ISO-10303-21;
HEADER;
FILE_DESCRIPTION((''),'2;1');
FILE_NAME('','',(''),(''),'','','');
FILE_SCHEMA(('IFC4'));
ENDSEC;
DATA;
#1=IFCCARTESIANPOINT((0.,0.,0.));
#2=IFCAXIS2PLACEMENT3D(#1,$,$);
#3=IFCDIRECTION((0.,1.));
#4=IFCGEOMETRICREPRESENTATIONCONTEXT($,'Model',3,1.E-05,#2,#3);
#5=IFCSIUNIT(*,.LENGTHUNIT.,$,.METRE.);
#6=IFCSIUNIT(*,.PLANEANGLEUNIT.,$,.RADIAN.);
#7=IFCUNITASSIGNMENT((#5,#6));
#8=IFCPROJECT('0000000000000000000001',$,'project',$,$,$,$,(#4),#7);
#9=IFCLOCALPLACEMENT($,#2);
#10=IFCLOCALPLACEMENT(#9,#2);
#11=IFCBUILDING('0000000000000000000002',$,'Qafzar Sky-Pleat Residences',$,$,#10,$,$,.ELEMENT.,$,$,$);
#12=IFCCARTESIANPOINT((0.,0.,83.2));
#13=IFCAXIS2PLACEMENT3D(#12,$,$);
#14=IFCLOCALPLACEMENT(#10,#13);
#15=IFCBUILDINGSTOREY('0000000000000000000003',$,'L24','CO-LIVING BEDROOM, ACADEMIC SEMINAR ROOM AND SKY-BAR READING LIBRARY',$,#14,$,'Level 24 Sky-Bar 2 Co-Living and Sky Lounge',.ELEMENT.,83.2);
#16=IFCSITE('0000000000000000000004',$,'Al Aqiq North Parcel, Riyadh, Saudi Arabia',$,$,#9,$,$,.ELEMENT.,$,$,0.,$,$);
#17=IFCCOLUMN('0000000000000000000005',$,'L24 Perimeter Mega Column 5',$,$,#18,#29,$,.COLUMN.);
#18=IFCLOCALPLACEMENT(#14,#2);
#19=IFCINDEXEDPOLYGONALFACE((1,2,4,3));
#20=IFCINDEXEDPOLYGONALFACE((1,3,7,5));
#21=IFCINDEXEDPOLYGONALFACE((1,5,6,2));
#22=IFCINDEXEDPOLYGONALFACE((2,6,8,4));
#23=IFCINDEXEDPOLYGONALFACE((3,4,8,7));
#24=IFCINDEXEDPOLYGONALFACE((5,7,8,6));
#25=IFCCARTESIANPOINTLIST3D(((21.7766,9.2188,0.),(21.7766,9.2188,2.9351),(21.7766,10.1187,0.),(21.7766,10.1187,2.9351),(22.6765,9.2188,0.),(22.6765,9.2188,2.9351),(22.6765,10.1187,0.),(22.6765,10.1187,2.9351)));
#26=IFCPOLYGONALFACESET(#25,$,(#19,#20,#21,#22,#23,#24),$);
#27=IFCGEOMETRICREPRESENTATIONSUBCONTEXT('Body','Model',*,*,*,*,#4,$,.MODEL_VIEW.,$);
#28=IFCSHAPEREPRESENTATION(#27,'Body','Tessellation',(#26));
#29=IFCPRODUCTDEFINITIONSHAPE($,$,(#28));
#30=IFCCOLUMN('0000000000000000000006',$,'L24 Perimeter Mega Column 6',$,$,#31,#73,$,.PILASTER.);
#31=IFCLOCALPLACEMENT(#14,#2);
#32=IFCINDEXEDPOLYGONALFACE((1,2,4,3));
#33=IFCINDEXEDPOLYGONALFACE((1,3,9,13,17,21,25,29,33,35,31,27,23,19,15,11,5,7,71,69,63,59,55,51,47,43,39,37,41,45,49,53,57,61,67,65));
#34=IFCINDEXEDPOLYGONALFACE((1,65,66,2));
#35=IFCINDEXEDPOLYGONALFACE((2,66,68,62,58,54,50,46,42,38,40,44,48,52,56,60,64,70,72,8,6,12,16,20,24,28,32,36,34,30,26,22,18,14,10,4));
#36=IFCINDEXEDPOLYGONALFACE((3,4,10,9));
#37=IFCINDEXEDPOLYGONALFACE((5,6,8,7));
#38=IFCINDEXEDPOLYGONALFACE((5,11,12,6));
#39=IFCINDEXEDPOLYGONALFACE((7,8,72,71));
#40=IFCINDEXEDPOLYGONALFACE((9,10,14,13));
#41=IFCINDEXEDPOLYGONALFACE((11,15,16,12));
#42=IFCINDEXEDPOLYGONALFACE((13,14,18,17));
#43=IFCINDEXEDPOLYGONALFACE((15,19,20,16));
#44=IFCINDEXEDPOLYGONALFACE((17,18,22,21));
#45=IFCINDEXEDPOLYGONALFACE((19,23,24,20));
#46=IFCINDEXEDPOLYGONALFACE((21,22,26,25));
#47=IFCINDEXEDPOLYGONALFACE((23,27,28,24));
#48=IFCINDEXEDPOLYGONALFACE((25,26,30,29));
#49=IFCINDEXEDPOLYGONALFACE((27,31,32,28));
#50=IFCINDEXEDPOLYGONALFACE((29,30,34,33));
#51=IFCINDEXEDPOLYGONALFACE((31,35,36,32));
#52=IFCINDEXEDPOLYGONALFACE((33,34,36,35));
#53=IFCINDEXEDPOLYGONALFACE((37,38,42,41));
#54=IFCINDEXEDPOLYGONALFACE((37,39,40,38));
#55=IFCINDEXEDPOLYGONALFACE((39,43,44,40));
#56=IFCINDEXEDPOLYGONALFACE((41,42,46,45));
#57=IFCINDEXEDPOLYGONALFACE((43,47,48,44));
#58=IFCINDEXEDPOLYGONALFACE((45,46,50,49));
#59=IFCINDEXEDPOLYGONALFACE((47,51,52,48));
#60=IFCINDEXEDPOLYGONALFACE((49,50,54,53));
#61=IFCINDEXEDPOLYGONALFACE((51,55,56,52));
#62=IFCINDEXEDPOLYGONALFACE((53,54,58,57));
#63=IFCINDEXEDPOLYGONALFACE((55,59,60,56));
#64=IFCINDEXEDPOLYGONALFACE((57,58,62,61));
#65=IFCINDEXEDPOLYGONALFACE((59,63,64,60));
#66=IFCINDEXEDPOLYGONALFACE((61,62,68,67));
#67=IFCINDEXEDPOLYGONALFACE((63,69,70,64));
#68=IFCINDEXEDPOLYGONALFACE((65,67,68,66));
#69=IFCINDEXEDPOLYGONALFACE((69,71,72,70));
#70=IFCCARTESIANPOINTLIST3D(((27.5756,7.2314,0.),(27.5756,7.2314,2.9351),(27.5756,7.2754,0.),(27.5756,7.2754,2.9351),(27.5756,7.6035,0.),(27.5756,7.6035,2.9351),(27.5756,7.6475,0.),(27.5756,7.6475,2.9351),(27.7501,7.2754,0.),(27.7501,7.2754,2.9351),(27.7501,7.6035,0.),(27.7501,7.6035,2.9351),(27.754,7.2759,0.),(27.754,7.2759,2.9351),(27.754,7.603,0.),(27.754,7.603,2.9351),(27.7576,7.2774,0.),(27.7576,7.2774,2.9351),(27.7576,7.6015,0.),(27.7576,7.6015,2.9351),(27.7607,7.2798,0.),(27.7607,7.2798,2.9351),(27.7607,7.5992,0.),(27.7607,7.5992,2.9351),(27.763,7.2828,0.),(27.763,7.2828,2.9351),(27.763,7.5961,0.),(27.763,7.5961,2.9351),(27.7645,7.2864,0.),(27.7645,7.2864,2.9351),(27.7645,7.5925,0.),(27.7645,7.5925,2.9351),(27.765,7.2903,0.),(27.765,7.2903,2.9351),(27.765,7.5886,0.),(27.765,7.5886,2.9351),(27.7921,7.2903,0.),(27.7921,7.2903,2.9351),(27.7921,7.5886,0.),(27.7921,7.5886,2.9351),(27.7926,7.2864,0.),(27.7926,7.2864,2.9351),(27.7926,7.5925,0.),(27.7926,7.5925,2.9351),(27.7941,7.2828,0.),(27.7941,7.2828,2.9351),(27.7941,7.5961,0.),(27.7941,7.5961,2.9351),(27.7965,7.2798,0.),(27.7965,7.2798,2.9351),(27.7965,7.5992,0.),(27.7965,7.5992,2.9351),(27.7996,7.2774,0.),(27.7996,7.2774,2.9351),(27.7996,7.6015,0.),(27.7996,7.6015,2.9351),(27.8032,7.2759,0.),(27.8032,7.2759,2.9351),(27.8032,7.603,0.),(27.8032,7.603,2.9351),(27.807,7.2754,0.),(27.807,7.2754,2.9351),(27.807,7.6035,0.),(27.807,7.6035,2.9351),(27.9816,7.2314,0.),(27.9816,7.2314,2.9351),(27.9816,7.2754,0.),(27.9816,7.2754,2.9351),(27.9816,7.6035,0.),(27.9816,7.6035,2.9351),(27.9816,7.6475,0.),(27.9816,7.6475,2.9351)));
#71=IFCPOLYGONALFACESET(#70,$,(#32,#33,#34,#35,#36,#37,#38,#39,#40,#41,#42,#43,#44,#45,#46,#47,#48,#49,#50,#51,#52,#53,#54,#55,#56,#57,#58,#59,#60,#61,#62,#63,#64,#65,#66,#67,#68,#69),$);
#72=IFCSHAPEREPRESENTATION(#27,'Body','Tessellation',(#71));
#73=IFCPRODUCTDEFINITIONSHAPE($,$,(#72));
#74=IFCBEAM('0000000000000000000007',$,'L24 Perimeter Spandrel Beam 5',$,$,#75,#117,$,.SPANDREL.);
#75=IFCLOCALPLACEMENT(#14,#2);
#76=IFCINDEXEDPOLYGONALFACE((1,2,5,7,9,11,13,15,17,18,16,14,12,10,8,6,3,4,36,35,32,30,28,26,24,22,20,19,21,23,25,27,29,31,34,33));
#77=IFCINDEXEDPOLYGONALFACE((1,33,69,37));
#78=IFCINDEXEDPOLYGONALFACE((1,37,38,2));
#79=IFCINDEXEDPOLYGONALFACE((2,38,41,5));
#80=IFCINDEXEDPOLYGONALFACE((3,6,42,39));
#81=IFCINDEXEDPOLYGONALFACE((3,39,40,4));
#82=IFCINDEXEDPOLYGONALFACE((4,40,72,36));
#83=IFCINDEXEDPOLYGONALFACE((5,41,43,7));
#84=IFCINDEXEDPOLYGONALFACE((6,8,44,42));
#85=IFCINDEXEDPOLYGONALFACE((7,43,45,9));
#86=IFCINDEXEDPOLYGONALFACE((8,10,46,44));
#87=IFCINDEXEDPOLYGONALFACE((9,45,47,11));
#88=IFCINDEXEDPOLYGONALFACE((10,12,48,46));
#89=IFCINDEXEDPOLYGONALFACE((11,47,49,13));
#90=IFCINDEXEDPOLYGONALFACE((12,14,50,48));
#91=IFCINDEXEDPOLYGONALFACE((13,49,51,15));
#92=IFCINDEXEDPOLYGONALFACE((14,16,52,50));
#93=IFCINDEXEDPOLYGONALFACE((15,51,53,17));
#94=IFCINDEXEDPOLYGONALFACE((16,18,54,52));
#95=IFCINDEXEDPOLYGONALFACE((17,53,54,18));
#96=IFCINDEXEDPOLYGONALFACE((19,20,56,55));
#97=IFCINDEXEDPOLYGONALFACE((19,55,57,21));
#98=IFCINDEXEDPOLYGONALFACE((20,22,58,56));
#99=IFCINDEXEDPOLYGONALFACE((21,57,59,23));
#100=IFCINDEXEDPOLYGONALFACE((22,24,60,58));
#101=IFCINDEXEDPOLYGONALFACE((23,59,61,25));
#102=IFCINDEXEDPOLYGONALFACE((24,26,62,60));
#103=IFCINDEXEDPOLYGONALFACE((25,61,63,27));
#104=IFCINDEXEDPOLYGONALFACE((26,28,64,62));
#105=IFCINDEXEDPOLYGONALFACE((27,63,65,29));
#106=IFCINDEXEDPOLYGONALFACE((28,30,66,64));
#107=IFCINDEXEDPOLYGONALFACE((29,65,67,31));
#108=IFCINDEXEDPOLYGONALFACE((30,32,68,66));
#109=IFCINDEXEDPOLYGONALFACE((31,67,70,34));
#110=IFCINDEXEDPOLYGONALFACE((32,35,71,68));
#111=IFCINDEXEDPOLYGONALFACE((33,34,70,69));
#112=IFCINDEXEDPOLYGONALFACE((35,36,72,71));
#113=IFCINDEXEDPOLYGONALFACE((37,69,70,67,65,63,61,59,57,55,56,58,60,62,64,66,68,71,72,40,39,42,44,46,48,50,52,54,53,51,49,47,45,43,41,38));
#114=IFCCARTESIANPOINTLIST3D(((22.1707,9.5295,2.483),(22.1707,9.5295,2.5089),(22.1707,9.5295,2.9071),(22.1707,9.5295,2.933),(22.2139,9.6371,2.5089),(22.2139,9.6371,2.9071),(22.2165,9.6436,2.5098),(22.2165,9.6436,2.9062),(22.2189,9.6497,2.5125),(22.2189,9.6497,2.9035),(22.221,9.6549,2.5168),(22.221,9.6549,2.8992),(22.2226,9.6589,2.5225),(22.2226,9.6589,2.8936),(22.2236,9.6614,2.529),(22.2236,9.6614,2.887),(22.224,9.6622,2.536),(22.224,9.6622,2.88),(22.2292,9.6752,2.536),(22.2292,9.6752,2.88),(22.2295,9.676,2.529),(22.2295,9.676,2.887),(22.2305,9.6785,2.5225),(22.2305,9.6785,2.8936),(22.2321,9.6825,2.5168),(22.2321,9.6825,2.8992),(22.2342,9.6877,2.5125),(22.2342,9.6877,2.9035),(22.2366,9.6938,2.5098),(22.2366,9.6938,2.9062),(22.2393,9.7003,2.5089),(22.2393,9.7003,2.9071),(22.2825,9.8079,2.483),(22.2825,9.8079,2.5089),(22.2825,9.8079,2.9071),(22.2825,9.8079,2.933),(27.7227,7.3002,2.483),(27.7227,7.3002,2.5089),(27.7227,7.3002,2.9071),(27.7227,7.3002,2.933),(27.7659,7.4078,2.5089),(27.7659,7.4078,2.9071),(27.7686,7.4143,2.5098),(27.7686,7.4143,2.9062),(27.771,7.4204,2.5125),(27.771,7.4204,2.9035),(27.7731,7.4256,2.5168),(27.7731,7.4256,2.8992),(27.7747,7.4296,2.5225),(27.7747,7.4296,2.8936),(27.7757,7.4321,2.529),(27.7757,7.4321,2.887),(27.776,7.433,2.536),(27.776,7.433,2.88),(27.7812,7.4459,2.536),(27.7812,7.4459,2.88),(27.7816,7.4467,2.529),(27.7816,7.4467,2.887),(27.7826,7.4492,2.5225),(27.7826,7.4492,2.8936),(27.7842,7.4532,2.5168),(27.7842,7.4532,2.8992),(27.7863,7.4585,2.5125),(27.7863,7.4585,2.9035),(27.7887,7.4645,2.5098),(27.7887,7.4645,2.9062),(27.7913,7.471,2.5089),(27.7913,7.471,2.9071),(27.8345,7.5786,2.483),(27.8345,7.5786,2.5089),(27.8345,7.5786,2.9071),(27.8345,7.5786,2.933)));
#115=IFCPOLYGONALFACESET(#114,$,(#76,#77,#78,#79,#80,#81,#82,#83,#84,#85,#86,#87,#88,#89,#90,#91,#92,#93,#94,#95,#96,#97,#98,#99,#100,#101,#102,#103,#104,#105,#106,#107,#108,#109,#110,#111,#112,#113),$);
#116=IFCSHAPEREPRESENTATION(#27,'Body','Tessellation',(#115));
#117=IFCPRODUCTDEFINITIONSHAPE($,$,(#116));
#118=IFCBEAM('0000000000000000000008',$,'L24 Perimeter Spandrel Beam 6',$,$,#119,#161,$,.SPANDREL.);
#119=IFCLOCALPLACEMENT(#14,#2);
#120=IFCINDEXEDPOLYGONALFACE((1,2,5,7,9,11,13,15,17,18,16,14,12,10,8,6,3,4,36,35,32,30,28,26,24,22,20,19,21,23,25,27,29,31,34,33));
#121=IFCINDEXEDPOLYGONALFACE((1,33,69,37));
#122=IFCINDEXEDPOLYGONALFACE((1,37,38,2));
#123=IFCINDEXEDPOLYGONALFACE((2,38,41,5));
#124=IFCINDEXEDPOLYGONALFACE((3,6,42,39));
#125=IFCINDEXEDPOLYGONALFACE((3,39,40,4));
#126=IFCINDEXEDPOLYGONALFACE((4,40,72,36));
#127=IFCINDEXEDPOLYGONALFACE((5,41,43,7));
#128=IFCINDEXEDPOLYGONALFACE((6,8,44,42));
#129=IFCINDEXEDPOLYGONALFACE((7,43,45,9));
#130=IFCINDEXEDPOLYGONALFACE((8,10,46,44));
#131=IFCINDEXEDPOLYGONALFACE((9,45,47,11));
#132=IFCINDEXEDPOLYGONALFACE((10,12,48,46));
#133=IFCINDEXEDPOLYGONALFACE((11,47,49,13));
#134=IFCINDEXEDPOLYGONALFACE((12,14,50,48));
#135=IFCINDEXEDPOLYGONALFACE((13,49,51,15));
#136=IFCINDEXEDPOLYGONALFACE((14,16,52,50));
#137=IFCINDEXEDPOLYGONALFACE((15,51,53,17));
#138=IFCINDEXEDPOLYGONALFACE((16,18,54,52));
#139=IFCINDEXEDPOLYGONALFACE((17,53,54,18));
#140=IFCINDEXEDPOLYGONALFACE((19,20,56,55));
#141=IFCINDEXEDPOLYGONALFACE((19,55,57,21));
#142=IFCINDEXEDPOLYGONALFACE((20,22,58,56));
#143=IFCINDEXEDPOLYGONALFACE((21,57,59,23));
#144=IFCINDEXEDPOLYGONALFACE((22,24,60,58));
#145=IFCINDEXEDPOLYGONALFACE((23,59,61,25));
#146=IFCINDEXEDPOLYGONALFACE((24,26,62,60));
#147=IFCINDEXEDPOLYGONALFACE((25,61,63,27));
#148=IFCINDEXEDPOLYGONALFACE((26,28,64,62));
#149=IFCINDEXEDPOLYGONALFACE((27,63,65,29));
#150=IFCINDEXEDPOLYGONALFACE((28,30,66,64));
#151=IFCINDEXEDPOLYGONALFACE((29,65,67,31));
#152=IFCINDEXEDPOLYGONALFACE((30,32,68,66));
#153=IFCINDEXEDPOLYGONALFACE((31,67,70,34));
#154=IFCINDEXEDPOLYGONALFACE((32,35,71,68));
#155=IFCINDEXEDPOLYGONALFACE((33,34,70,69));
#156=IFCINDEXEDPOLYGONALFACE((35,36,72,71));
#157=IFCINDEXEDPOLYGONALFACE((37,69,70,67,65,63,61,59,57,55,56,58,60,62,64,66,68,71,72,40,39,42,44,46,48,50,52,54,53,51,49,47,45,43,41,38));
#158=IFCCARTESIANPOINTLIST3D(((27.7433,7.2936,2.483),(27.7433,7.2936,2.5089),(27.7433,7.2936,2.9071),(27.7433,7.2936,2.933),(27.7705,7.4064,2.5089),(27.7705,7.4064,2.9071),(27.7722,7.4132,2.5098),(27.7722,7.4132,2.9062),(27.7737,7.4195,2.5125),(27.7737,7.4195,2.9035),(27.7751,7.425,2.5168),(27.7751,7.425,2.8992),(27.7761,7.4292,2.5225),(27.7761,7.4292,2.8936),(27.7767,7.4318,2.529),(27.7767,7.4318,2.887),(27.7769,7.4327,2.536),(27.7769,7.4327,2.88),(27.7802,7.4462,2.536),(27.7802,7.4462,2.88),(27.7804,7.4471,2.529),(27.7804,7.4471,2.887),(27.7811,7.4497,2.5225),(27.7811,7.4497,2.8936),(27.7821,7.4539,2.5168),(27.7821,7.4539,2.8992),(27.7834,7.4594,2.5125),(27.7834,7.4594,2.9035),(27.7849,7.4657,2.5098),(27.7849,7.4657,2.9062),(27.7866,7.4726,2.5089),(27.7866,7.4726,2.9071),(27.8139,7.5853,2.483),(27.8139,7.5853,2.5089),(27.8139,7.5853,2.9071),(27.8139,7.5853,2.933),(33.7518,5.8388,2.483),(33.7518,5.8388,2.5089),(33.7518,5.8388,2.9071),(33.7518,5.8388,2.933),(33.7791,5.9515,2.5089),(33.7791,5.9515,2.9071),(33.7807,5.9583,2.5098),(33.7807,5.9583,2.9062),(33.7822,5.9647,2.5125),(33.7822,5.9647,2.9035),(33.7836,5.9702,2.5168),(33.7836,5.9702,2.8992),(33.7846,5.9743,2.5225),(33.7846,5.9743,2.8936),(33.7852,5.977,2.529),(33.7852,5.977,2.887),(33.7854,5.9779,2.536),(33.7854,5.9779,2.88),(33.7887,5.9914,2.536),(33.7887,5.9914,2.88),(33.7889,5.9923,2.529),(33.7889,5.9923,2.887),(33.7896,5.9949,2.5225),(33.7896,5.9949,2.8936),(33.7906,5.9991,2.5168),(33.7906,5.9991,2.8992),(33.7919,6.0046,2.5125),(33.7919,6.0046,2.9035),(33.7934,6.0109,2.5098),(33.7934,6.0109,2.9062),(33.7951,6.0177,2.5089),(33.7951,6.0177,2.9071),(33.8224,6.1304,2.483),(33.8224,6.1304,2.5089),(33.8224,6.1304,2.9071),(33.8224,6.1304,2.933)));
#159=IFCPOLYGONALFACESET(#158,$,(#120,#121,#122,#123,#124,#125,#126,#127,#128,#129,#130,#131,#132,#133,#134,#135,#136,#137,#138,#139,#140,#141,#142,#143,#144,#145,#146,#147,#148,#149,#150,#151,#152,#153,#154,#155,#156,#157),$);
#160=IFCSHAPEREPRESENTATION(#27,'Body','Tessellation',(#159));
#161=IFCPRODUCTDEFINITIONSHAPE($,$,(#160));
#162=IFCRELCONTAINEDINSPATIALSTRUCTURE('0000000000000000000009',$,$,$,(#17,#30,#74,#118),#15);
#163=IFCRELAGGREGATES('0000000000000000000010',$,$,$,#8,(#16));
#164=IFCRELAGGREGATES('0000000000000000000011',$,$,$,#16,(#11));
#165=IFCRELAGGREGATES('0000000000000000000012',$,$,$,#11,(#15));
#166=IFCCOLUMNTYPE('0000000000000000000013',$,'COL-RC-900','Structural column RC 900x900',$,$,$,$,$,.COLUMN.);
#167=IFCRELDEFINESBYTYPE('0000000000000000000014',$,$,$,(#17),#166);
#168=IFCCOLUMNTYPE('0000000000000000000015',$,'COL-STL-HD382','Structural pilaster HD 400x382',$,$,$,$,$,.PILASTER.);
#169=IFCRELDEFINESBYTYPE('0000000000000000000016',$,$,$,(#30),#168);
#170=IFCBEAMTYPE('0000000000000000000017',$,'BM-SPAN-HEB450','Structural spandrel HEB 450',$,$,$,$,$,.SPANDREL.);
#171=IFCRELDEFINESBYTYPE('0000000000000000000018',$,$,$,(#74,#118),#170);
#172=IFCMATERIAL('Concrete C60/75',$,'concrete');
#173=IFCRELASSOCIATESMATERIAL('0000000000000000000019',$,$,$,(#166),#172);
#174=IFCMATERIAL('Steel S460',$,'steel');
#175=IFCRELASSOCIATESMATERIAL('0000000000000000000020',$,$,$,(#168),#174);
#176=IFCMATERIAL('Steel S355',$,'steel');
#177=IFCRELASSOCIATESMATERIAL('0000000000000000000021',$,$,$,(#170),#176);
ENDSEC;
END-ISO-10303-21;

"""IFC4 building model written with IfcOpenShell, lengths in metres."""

from ifc_helpers import new_model, si_unit, direction, frame, origin, origin_2d, place, context, subcontext, project, spatial, rectangle, i_section, extrude, source, transform, mapped, material, material_profile, profile_set, type_object, element, save


model = new_model("IFC4")

# Units and contexts
model_context = context("Model", 3, precision=1e-05, world=origin(), true_north=direction((0.0, 1.0)))
body_context = subcontext(model_context, "Body", "Model", "MODEL_VIEW")
ifc_project = project(units=[si_unit("LENGTHUNIT", "METRE"), si_unit("PLANEANGLEUNIT", "RADIAN")], contexts=[model_context])

# Site, building, storey
site_placement = place(None, origin())
site = spatial("IfcSite", under=ifc_project, at=site_placement, Name="Al Aqiq North Parcel, Riyadh, Saudi Arabia", CompositionType="ELEMENT", RefElevation=0.0)
building_placement = place(site_placement, origin())
building = spatial("IfcBuilding", under=site, at=building_placement, Name="Qafzar Sky-Pleat Residences", CompositionType="ELEMENT")
storey_placement = place(building_placement, frame((0.0, 0.0, 83.2)))
storey = spatial("IfcBuildingStorey", under=building, at=storey_placement, Name="L24", Description="CO-LIVING BEDROOM, ACADEMIC SEMINAR ROOM AND SKY-BAR READING LIBRARY", LongName="Level 24 Sky-Bar 2 Co-Living and Sky Lounge", CompositionType="ELEMENT", Elevation=83.2)

# Columns
ifc_material_1 = material(Name="Concrete C60/75", Category="concrete")
ifc_material_profile_1 = material_profile(ifc_material_1, rectangle(XDim=0.8999, YDim=0.8999, at=origin_2d()), Name="RC 900x900")
ifc_profile_set_1 = profile_set([ifc_material_profile_1], Name="Concrete C60/75")
column_type_1 = type_object("IfcColumnType", Name="COL-RC-900", Description="Structural column RC 900x900", PredefinedType="COLUMN", material=ifc_profile_set_1)
shared_shape_1 = source(origin(), body_context, "Body", "SweptSolid", [
    extrude(rectangle(XDim=0.8999, YDim=0.8999, at=origin_2d()), origin(), (0.0, 0.0, 1.0), 2.9351),
])
column_1_placement = place(storey_placement, frame((22.2266, 9.6687, 0.0), z_axis=(0.0, 0.0, 1.0), x_axis=(1.0, 0.0, 0.0)))
element("IfcColumn", 1, at=column_1_placement, inside=storey, type_object=column_type_1, Name="L24 Perimeter Mega Column 5", PredefinedType="COLUMN", context=body_context, shape_type="MappedRepresentation", body=[
    mapped(shared_shape_1, transform((0.0, 0.0, 0.0), x_axis=(1.0, 0.0, 0.0), y_axis=(0.0, 1.0, 0.0), z_axis=(0.0, 0.0, 1.0), scale=1.0)),
])
ifc_material_2 = material(Name="Steel S460", Category="steel")
ifc_material_profile_2 = material_profile(ifc_material_2, i_section(OverallWidth=0.406, OverallDepth=0.416, WebThickness=0.0271, FlangeThickness=0.0439, FilletRadius=0.0149, at=origin_2d()), Name="HD 400x382")
ifc_profile_set_2 = profile_set([ifc_material_profile_2], Name="Steel S460")
column_type_2 = type_object("IfcColumnType", Name="COL-STL-HD382", Description="Structural pilaster HD 400x382", PredefinedType="PILASTER", material=ifc_profile_set_2)
shared_shape_2 = source(origin(), body_context, "Body", "SweptSolid", [
    extrude(i_section(OverallWidth=0.406, OverallDepth=0.416, WebThickness=0.0271, FlangeThickness=0.0439, FilletRadius=0.0149, at=origin_2d()), origin(), (0.0, 0.0, 1.0), 2.9351),
])
column_2_placement = place(storey_placement, frame((27.7786, 7.4395, 0.0), z_axis=(0.0, 0.0, 1.0), x_axis=(1.0, 0.0, 0.0)))
element("IfcColumn", 2, at=column_2_placement, inside=storey, type_object=column_type_2, Name="L24 Perimeter Mega Column 6", PredefinedType="PILASTER", context=body_context, shape_type="MappedRepresentation", body=[
    mapped(shared_shape_2, transform((0.0, 0.0, 0.0), x_axis=(1.0, 0.0, 0.0), y_axis=(0.0, 1.0, 0.0), z_axis=(0.0, 0.0, 1.0), scale=1.0)),
])

# Beams
ifc_material_3 = material(Name="Steel S355", Category="steel")
ifc_material_profile_3 = material_profile(ifc_material_3, i_section(OverallWidth=0.3, OverallDepth=0.45, WebThickness=0.0139, FlangeThickness=0.0259, FilletRadius=0.0271, at=origin_2d()), Name="HEB 450")
ifc_profile_set_3 = profile_set([ifc_material_profile_3], Name="Steel S355")
beam_type_1 = type_object("IfcBeamType", Name="BM-SPAN-HEB450", Description="Structural spandrel HEB 450", PredefinedType="SPANDREL", material=ifc_profile_set_3)
shared_shape_3 = source(origin(), body_context, "Body", "SweptSolid", [
    extrude(i_section(OverallWidth=0.3, OverallDepth=0.45, WebThickness=0.0139, FlangeThickness=0.0259, FilletRadius=0.0271, at=origin_2d()), origin(), (0.0, 0.0, 1.0), 5.9829),
])
beam_1_placement = place(storey_placement, frame((22.2266, 9.6687, 2.708), z_axis=(0.927989, -0.372608, 0.0), x_axis=(0.372608, 0.927989, 0.0)))
element("IfcBeam", 3, at=beam_1_placement, inside=storey, type_object=beam_type_1, Name="L24 Perimeter Spandrel Beam 5", PredefinedType="SPANDREL", context=body_context, shape_type="MappedRepresentation", body=[
    mapped(shared_shape_3, transform((0.0, 0.0, 0.0), x_axis=(1.0, 0.0, 0.0), y_axis=(0.0, 1.0, 0.0), z_axis=(0.0, 0.0, 1.0), scale=1.0)),
])
shared_shape_4 = source(origin(), body_context, "Body", "SweptSolid", [
    extrude(i_section(OverallWidth=0.3, OverallDepth=0.45, WebThickness=0.0139, FlangeThickness=0.0259, FilletRadius=0.0271, at=origin_2d()), origin(), (0.0, 0.0, 1.0), 6.1821),
])
beam_2_placement = place(storey_placement, frame((27.7786, 7.4395, 2.708), z_axis=(0.971916, -0.235328, 0.0), x_axis=(0.235328, 0.971916, 0.0)))
element("IfcBeam", 4, at=beam_2_placement, inside=storey, type_object=beam_type_1, Name="L24 Perimeter Spandrel Beam 6", PredefinedType="SPANDREL", context=body_context, shape_type="MappedRepresentation", body=[
    mapped(shared_shape_4, transform((0.0, 0.0, 0.0), x_axis=(1.0, 0.0, 0.0), y_axis=(0.0, 1.0, 0.0), z_axis=(0.0, 0.0, 1.0), scale=1.0)),
])

save(model, "model.ifc")
